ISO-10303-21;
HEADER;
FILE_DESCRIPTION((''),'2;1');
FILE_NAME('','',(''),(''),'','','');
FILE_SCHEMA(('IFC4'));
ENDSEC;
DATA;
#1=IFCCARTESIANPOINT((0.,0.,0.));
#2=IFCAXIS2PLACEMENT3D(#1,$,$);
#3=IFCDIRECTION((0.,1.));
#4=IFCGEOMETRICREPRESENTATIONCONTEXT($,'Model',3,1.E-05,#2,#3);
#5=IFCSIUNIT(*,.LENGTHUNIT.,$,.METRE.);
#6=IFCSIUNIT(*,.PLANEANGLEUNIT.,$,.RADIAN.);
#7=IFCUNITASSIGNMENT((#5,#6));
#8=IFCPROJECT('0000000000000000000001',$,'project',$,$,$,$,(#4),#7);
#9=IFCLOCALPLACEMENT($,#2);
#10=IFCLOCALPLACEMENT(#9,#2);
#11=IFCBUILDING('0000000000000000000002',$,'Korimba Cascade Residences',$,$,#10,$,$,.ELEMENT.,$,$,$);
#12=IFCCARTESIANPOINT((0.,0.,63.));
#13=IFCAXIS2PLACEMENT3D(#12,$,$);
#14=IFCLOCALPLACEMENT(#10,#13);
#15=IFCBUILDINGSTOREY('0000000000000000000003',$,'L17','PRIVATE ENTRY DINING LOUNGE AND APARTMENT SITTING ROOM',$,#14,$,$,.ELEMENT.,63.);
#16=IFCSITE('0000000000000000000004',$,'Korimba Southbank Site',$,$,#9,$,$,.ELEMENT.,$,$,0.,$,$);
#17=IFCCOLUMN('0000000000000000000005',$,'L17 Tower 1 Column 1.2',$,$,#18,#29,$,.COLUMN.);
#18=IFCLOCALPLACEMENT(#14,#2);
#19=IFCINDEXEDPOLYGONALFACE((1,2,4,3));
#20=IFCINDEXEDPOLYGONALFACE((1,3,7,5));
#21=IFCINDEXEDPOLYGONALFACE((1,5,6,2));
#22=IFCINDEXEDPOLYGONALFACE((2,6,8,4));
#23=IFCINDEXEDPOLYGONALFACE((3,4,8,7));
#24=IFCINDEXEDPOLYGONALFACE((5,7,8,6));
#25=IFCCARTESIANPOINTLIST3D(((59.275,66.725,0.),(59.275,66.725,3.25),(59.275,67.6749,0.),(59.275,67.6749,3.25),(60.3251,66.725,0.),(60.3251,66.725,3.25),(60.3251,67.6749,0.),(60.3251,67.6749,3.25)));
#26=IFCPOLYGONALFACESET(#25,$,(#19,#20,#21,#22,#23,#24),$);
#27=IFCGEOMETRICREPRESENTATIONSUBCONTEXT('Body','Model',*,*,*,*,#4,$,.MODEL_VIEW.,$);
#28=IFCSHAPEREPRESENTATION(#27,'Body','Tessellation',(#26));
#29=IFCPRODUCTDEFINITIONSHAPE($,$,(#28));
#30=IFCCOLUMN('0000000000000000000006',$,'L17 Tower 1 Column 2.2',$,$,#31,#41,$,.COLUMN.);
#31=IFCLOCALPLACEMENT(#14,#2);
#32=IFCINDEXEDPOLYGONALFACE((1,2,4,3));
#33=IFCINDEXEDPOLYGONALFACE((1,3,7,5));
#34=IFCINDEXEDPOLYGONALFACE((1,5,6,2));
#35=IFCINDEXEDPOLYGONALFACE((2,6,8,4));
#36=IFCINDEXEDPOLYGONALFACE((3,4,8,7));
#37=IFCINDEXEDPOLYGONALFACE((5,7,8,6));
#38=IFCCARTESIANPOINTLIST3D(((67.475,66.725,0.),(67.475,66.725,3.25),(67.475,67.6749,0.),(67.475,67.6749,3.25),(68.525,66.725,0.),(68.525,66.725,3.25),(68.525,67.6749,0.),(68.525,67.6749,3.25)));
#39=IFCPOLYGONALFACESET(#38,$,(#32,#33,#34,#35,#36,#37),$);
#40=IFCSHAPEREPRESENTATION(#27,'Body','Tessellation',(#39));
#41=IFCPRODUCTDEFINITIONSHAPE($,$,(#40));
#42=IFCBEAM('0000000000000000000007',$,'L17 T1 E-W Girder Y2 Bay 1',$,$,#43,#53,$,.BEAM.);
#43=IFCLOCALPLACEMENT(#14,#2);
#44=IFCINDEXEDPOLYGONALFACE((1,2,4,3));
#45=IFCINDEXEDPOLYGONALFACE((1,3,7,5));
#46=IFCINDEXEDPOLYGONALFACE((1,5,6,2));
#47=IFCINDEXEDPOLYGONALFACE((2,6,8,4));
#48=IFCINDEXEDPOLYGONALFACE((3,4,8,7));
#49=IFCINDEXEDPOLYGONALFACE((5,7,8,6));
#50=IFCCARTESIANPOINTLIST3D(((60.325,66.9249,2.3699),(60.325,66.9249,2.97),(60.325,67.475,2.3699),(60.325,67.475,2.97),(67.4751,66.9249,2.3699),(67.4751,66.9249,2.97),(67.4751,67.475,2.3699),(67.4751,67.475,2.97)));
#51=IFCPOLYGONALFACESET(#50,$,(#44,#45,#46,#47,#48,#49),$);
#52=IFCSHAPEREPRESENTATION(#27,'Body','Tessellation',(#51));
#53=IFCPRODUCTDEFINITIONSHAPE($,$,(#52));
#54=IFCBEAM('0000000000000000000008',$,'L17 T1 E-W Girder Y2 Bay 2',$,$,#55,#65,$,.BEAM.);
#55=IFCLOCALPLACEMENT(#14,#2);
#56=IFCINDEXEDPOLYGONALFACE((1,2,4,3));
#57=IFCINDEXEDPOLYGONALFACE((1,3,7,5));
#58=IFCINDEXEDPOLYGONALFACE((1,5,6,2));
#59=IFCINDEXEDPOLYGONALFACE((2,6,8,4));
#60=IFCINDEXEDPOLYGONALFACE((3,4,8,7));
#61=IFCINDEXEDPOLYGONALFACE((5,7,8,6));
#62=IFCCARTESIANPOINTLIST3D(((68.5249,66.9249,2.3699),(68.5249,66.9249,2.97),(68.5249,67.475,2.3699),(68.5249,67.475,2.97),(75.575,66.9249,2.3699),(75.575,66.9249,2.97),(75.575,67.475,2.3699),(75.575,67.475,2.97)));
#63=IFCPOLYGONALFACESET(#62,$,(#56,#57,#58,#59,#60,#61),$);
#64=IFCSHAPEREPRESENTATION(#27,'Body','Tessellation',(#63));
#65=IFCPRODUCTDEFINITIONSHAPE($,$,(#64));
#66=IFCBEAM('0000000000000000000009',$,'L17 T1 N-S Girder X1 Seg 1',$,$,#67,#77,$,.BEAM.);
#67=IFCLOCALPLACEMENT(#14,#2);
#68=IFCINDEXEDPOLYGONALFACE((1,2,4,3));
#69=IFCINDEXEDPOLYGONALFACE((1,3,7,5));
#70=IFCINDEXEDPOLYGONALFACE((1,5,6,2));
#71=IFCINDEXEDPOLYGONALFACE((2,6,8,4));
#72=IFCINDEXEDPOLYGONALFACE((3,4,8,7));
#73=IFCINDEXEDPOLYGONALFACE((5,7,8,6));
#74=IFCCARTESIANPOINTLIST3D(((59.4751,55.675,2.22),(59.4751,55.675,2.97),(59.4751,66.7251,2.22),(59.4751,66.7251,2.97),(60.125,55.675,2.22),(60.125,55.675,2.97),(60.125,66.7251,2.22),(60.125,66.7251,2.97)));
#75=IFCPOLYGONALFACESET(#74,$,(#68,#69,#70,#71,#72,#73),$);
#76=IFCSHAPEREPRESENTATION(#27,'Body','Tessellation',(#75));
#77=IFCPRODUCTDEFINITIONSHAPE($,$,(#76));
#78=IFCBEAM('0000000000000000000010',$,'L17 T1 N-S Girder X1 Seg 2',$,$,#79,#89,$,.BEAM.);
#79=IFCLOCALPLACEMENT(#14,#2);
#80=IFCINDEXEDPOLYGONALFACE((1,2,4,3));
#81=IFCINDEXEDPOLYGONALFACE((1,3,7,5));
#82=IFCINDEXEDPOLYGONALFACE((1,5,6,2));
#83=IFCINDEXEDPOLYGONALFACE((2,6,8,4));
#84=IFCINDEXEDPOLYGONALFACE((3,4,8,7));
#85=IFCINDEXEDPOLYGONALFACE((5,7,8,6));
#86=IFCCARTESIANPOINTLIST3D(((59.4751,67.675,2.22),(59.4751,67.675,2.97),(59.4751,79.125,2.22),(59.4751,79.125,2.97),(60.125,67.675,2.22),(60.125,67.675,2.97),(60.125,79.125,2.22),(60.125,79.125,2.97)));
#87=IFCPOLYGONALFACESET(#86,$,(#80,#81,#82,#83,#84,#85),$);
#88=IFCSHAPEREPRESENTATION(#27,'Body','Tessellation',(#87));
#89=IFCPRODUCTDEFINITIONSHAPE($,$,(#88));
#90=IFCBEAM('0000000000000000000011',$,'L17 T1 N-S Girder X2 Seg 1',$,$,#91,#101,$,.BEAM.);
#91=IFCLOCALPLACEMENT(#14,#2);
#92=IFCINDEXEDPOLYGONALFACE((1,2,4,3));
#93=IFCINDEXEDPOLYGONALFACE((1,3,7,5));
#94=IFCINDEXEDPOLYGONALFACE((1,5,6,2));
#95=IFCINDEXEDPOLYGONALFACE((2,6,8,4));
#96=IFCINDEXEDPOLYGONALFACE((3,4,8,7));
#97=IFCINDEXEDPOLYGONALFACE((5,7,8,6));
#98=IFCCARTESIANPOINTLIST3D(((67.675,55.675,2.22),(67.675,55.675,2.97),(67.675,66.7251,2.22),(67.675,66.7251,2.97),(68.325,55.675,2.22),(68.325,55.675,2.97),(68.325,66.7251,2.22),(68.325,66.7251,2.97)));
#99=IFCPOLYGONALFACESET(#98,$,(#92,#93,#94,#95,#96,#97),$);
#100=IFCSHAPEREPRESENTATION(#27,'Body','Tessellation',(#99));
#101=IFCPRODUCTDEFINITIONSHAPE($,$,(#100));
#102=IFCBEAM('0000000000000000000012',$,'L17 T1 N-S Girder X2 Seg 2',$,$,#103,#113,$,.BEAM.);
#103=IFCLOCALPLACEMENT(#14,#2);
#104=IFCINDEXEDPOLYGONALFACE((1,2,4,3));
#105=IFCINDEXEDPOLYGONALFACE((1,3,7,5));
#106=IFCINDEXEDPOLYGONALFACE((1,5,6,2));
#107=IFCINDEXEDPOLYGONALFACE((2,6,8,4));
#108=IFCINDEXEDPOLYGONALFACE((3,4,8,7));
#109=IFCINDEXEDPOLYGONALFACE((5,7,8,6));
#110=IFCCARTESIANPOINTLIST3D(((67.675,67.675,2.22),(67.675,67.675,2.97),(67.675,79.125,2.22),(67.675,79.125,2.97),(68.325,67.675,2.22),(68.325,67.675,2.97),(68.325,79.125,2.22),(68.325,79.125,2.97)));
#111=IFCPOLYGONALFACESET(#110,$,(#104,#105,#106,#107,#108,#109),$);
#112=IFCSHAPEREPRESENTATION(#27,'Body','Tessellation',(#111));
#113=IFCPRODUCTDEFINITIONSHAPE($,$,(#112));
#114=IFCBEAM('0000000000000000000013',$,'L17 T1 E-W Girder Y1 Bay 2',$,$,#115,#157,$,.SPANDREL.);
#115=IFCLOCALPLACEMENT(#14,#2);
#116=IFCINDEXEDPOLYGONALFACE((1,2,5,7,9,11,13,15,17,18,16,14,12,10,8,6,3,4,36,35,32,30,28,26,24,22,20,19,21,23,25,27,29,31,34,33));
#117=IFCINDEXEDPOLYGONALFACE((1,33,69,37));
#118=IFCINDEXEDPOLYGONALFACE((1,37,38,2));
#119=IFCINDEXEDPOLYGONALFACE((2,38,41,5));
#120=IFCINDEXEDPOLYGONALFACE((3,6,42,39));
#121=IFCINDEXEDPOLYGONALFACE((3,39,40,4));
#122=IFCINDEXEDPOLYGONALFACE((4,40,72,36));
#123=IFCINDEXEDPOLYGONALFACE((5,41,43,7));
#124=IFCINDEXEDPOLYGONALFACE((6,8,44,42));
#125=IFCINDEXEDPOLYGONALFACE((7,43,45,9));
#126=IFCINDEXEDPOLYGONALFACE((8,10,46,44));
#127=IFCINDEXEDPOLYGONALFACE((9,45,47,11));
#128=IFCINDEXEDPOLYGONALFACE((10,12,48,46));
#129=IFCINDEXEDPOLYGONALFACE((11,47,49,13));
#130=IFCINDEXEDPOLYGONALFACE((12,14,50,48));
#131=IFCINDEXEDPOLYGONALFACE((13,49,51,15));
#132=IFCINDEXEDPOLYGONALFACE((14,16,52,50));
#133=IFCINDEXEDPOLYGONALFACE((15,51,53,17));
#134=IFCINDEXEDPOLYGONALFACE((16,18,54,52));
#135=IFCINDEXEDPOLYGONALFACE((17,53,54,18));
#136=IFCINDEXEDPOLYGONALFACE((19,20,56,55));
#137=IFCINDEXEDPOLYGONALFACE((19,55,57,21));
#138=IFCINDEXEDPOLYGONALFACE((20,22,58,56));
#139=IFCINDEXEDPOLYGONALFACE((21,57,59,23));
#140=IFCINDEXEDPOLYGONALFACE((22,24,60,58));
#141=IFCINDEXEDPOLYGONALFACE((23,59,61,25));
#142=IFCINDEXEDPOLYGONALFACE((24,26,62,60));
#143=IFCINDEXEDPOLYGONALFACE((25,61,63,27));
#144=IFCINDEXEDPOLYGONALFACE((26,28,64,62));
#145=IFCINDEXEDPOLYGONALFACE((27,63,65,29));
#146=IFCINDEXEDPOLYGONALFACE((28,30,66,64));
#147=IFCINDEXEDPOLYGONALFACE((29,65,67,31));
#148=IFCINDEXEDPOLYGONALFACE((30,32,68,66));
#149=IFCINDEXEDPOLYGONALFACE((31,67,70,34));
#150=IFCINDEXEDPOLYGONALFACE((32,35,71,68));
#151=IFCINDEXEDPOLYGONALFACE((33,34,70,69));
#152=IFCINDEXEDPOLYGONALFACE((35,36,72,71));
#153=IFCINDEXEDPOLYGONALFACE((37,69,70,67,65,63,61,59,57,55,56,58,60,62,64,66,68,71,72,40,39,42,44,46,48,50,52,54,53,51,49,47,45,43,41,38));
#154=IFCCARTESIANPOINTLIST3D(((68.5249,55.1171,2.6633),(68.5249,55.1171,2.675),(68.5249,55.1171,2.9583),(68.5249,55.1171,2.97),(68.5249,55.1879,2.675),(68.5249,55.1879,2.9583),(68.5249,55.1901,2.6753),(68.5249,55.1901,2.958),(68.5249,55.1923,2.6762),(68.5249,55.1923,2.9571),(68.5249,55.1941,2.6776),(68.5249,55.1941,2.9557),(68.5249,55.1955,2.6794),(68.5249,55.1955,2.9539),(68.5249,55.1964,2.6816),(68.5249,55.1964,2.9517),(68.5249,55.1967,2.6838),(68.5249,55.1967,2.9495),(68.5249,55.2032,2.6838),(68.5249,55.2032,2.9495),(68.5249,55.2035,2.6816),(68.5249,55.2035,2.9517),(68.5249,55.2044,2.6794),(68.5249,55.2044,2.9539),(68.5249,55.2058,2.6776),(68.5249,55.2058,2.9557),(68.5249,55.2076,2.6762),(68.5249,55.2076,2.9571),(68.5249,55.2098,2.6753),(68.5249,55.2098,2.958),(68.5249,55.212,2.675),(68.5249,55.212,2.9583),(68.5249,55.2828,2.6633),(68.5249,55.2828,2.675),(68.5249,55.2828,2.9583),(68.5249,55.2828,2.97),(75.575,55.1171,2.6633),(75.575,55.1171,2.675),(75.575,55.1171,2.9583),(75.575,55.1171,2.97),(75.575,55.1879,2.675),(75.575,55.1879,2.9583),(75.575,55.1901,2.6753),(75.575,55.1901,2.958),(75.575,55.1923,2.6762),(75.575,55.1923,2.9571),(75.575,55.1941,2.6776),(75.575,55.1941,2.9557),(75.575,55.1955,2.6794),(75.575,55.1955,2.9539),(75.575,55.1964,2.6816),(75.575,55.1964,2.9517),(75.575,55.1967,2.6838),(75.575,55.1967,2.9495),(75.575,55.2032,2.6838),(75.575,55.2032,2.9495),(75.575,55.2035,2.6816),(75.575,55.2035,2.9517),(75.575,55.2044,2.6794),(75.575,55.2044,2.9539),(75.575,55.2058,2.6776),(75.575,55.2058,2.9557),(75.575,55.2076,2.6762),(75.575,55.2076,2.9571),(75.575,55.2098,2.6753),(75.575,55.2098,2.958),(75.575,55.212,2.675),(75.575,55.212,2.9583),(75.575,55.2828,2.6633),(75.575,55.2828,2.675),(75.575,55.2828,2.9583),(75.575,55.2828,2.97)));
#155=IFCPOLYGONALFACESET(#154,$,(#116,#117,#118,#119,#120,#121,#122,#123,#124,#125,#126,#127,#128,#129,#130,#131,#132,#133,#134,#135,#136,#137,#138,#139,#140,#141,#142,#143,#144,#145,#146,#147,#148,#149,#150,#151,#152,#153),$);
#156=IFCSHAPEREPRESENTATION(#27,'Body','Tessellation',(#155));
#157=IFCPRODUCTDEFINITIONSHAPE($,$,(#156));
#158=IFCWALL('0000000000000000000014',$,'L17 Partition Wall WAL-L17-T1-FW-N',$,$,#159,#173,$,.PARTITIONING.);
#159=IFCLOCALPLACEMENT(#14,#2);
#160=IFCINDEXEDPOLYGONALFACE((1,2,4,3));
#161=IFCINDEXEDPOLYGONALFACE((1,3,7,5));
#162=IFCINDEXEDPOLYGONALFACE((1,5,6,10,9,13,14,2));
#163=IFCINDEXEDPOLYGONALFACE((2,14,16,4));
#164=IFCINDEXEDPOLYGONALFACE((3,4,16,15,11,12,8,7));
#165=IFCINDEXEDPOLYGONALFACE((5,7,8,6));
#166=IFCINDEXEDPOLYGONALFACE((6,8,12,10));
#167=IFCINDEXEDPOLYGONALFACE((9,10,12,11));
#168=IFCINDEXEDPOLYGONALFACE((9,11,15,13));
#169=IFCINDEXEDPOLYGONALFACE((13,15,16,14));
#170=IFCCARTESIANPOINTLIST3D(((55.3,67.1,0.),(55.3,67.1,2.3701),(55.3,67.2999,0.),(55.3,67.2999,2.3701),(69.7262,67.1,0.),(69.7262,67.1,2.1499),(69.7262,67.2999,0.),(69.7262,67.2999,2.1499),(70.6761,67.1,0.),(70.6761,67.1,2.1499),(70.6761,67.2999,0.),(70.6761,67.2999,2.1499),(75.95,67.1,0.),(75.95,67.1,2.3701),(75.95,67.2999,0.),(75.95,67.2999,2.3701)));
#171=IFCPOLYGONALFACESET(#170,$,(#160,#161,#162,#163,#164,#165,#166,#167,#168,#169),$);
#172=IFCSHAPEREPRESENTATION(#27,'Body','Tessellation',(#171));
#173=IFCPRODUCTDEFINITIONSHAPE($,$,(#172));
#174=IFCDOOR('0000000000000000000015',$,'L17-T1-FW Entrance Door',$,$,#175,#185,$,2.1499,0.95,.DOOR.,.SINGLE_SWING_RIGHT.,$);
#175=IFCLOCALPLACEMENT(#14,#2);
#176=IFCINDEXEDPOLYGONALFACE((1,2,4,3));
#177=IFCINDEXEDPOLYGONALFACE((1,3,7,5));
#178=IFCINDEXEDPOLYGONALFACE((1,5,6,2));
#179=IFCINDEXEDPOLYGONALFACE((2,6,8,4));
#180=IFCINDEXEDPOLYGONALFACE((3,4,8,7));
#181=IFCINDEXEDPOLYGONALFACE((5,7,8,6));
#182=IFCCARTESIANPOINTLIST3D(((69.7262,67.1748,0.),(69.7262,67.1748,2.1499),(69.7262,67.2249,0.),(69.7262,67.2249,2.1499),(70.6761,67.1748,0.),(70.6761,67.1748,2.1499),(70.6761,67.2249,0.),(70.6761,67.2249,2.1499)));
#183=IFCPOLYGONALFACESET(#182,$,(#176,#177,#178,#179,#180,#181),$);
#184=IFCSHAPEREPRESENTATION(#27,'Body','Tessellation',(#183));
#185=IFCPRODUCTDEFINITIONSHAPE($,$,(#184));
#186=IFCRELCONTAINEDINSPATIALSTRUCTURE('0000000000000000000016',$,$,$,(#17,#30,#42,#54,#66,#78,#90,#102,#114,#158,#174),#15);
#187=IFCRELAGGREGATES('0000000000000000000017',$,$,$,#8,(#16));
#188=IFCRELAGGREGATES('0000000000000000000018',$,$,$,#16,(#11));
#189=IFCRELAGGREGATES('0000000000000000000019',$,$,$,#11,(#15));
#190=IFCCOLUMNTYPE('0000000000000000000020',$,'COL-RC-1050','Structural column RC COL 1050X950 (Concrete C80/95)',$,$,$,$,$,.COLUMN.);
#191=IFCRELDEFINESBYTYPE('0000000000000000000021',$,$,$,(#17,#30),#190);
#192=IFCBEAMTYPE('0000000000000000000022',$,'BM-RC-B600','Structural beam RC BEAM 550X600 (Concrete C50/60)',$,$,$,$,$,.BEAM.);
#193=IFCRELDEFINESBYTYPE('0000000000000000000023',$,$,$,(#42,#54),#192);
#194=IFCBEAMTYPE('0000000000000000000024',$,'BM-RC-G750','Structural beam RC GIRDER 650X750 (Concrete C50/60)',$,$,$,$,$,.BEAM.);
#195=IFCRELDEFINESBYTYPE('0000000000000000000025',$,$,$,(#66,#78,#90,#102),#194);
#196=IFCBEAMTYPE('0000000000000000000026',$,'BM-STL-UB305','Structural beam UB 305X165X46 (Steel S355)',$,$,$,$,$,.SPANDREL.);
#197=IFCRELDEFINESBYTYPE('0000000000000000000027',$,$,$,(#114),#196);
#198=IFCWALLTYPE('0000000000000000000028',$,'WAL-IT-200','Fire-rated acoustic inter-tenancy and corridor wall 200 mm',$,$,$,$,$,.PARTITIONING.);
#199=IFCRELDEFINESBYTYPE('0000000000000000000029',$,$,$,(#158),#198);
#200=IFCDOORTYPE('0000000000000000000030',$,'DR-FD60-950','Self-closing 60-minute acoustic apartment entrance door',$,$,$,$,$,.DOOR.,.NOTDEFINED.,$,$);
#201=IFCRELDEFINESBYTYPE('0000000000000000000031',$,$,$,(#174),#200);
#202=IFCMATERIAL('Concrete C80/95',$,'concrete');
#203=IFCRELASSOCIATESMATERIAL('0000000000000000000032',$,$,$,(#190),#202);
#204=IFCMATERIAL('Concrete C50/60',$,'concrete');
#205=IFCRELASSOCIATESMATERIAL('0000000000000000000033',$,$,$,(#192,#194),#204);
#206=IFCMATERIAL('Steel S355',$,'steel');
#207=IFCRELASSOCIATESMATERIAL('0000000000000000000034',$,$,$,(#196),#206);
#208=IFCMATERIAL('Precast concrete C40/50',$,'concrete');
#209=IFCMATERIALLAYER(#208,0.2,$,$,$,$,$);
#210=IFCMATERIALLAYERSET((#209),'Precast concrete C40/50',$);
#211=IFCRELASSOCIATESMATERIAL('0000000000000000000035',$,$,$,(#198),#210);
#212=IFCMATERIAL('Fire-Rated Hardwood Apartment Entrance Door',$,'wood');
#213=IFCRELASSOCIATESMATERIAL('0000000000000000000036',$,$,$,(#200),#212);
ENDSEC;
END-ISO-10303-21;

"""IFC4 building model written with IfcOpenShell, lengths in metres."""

from ifc_helpers import new_model, si_unit, direction, frame, frame_2d, origin, origin_2d, place, context, subcontext, project, spatial, rectangle, i_section, extrude, material, layer, layer_set, material_profile, profile_set, type_object, element, fill, save


model = new_model("IFC4")

# Units and contexts
model_context = context("Model", 3, precision=1e-05, world=origin(), true_north=direction((0.0, 1.0)))
body_context = subcontext(model_context, "Body", "Model", "MODEL_VIEW")
ifc_project = project(units=[si_unit("LENGTHUNIT", "METRE"), si_unit("PLANEANGLEUNIT", "RADIAN")], contexts=[model_context])

# Site, building, storey
site_placement = place(None, origin())
site = spatial("IfcSite", under=ifc_project, at=site_placement, Name="Korimba Southbank Site", CompositionType="ELEMENT", RefElevation=0.0)
building_placement = place(site_placement, origin())
building = spatial("IfcBuilding", under=site, at=building_placement, Name="Korimba Cascade Residences", CompositionType="ELEMENT")
storey_placement = place(building_placement, frame((0.0, 0.0, 63.0)))
storey = spatial("IfcBuildingStorey", under=building, at=storey_placement, Name="L17", Description="PRIVATE ENTRY DINING LOUNGE AND APARTMENT SITTING ROOM", CompositionType="ELEMENT", Elevation=63.0)

# Columns
ifc_material_1 = material(Name="Concrete C80/95", Category="concrete")
ifc_material_profile_1 = material_profile(ifc_material_1, rectangle(XDim=1.05, YDim=0.95, at=origin_2d()), Name="Concrete C80/95")
ifc_profile_set_1 = profile_set([ifc_material_profile_1], Name="Concrete C80/95")
column_type = type_object("IfcColumnType", Name="COL-RC-1050", Description="Structural column RC COL 1050X950 (Concrete C80/95)", PredefinedType="COLUMN", material=ifc_profile_set_1)
for number, where, z_axis, x_axis, name in (
    (1, (59.8, 67.2, 0.0), (0.0, 0.0, 1.0), (1.0, 0.0, 0.0), "L17 Tower 1 Column 1.2"),
    (2, (68.0, 67.2, 0.0), (0.0, 0.0, 1.0), (1.0, 0.0, 0.0), "L17 Tower 1 Column 2.2"),
):
    element("IfcColumn", number, at=place(storey_placement, frame(where, z_axis=z_axis, x_axis=x_axis)), inside=storey, type_object=column_type, Name=name, PredefinedType="COLUMN", context=body_context, shape_type="SweptSolid", body=[
        extrude(rectangle(XDim=1.05, YDim=0.95, at=origin_2d()), origin(), (0.0, 0.0, 1.0), 3.25),
    ])

# Beams
ifc_material_2 = material(Name="Concrete C50/60", Category="concrete")
ifc_material_profile_2 = material_profile(ifc_material_2, rectangle(XDim=0.55, YDim=0.6001, at=origin_2d()), Name="Concrete C50/60")
ifc_profile_set_2 = profile_set([ifc_material_profile_2], Name="Concrete C50/60")
beam_type_1 = type_object("IfcBeamType", Name="BM-RC-B600", Description="Structural beam RC BEAM 550X600 (Concrete C50/60)", PredefinedType="BEAM", material=ifc_profile_set_2)
beam_1_placement = place(storey_placement, frame((60.325, 67.2, 2.6699), z_axis=(1.0, 0.0, 0.0), x_axis=(0.0, 1.0, 0.0)))
element("IfcBeam", 3, at=beam_1_placement, inside=storey, type_object=beam_type_1, Name="L17 T1 E-W Girder Y2 Bay 1", PredefinedType="BEAM", context=body_context, shape_type="SweptSolid", body=[
    extrude(rectangle(XDim=0.55, YDim=0.6001, at=origin_2d()), origin(), (0.0, 0.0, 1.0), 7.1501),
])
beam_2_placement = place(storey_placement, frame((68.5249, 67.2, 2.6699), z_axis=(1.0, 0.0, 0.0), x_axis=(0.0, 1.0, 0.0)))
element("IfcBeam", 4, at=beam_2_placement, inside=storey, type_object=beam_type_1, Name="L17 T1 E-W Girder Y2 Bay 2", PredefinedType="BEAM", context=body_context, shape_type="SweptSolid", body=[
    extrude(rectangle(XDim=0.55, YDim=0.6001, at=origin_2d()), origin(), (0.0, 0.0, 1.0), 7.05),
])
ifc_material_profile_3 = material_profile(ifc_material_2, rectangle(XDim=0.6499, YDim=0.75, at=origin_2d()), Name="Concrete C50/60")
ifc_profile_set_3 = profile_set([ifc_material_profile_3], Name="Concrete C50/60")
beam_type_2 = type_object("IfcBeamType", Name="BM-RC-G750", Description="Structural beam RC GIRDER 650X750 (Concrete C50/60)", PredefinedType="BEAM", material=ifc_profile_set_3)
beam_3_placement = place(storey_placement, frame((59.8, 55.675, 2.595), z_axis=(0.0, 1.0, 0.0), x_axis=(-1.0, 0.0, 0.0)))
element("IfcBeam", 5, at=beam_3_placement, inside=storey, type_object=beam_type_2, Name="L17 T1 N-S Girder X1 Seg 1", PredefinedType="BEAM", context=body_context, shape_type="SweptSolid", body=[
    extrude(rectangle(XDim=0.6499, YDim=0.75, at=origin_2d()), origin(), (0.0, 0.0, 1.0), 11.05),
])
beam_4_placement = place(storey_placement, frame((59.8, 67.675, 2.595), z_axis=(0.0, 1.0, 0.0), x_axis=(-1.0, 0.0, 0.0)))
element("IfcBeam", 6, at=beam_4_placement, inside=storey, type_object=beam_type_2, Name="L17 T1 N-S Girder X1 Seg 2", PredefinedType="BEAM", context=body_context, shape_type="SweptSolid", body=[
    extrude(rectangle(XDim=0.6499, YDim=0.75, at=origin_2d()), origin(), (0.0, 0.0, 1.0), 11.45),
])
beam_5_placement = place(storey_placement, frame((68.0, 55.675, 2.595), z_axis=(0.0, 1.0, 0.0), x_axis=(-1.0, 0.0, 0.0)))
element("IfcBeam", 7, at=beam_5_placement, inside=storey, type_object=beam_type_2, Name="L17 T1 N-S Girder X2 Seg 1", PredefinedType="BEAM", context=body_context, shape_type="SweptSolid", body=[
    extrude(rectangle(XDim=0.6499, YDim=0.75, at=origin_2d()), origin(), (0.0, 0.0, 1.0), 11.05),
])
beam_6_placement = place(storey_placement, frame((68.0, 67.675, 2.595), z_axis=(0.0, 1.0, 0.0), x_axis=(-1.0, 0.0, 0.0)))
element("IfcBeam", 8, at=beam_6_placement, inside=storey, type_object=beam_type_2, Name="L17 T1 N-S Girder X2 Seg 2", PredefinedType="BEAM", context=body_context, shape_type="SweptSolid", body=[
    extrude(rectangle(XDim=0.6499, YDim=0.75, at=origin_2d()), origin(), (0.0, 0.0, 1.0), 11.45),
])
ifc_material_3 = material(Name="Steel S355", Category="steel")
ifc_material_profile_4 = material_profile(ifc_material_3, i_section(OverallWidth=0.1658, OverallDepth=0.3066, WebThickness=0.0066, FlangeThickness=0.0117, FilletRadius=0.0088, at=origin_2d()), Name="Steel S355")
ifc_profile_set_4 = profile_set([ifc_material_profile_4], Name="Steel S355")
beam_type_3 = type_object("IfcBeamType", Name="BM-STL-UB305", Description="Structural beam UB 305X165X46 (Steel S355)", PredefinedType="SPANDREL", material=ifc_profile_set_4)
beam_7_placement = place(storey_placement, frame((68.5249, 55.2, 2.8167), z_axis=(1.0, 0.0, 0.0), x_axis=(0.0, 1.0, 0.0)))
element("IfcBeam", 9, at=beam_7_placement, inside=storey, type_object=beam_type_3, Name="L17 T1 E-W Girder Y1 Bay 2", PredefinedType="SPANDREL", context=body_context, shape_type="SweptSolid", body=[
    extrude(i_section(OverallWidth=0.1658, OverallDepth=0.3066, WebThickness=0.0066, FlangeThickness=0.0117, FilletRadius=0.0088, at=origin_2d()), origin(), (0.0, 0.0, 1.0), 7.05),
])

# Wall, opening, door
ifc_material_4 = material(Name="Precast concrete C40/50", Category="concrete")
ifc_layer_1 = layer(ifc_material_4, 0.2)
ifc_layer_set_1 = layer_set([ifc_layer_1], Name="Precast concrete C40/50")
wall_type_1 = type_object("IfcWallType", Name="WAL-IT-200", Description="Fire-rated acoustic inter-tenancy and corridor wall 200 mm", PredefinedType="PARTITIONING", material=ifc_layer_set_1)
wall_1_placement = place(storey_placement, frame((55.3, 67.2, 0.0), z_axis=(0.0, 0.0, 1.0), x_axis=(1.0, 0.0, 0.0)))
wall_1 = element("IfcWall", 10, at=wall_1_placement, inside=storey, type_object=wall_type_1, Name="L17 Partition Wall WAL-L17-T1-FW-N", PredefinedType="PARTITIONING", context=body_context, shape_type="SweptSolid", body=[
    extrude(rectangle(XDim=20.6499, YDim=0.2, at=frame_2d((10.325, 0.0))), origin(), (0.0, 0.0, 1.0), 2.3701),
])
opening_1_placement = place(wall_1_placement, frame((14.426, 0.0, 0.0)))
opening_1 = element("IfcOpeningElement", 11, at=opening_1_placement, cuts=wall_1, PredefinedType="OPENING", context=body_context, shape_type="SweptSolid", body=[
    extrude(rectangle(XDim=0.95, YDim=2.1499, at=frame_2d((0.4751, 1.075))), frame((0.0, 0.1099, 0.0), z_axis=(0.0, -1.0, 0.0), x_axis=(1.0, 0.0, 0.0)), (0.0, 0.0, 1.0), 0.22),
])
ifc_material_5 = material(Name="Fire-Rated Hardwood Apartment Entrance Door", Category="wood")
door_type_1 = type_object("IfcDoorType", Name="DR-FD60-950", Description="Self-closing 60-minute acoustic apartment entrance door", OperationType="NOTDEFINED", PredefinedType="DOOR", material=ifc_material_5)
door_1_placement = place(opening_1_placement, origin())
door_1 = element("IfcDoor", 12, at=door_1_placement, inside=storey, type_object=door_type_1, Name="L17-T1-FW Entrance Door", OperationType="SINGLE_SWING_RIGHT", OverallHeight=2.1499, OverallWidth=0.95, PredefinedType="DOOR", context=body_context, shape_type="SweptSolid", body=[
    extrude(rectangle(XDim=0.95, YDim=2.1499, at=frame_2d((0.4751, 1.075))), frame((0.0, 0.0249, 0.0), z_axis=(0.0, -1.0, 0.0), x_axis=(1.0, 0.0, 0.0)), (0.0, 0.0, 1.0), 0.05),
])
fill(opening_1, door_1)

save(model, "model.ifc")
